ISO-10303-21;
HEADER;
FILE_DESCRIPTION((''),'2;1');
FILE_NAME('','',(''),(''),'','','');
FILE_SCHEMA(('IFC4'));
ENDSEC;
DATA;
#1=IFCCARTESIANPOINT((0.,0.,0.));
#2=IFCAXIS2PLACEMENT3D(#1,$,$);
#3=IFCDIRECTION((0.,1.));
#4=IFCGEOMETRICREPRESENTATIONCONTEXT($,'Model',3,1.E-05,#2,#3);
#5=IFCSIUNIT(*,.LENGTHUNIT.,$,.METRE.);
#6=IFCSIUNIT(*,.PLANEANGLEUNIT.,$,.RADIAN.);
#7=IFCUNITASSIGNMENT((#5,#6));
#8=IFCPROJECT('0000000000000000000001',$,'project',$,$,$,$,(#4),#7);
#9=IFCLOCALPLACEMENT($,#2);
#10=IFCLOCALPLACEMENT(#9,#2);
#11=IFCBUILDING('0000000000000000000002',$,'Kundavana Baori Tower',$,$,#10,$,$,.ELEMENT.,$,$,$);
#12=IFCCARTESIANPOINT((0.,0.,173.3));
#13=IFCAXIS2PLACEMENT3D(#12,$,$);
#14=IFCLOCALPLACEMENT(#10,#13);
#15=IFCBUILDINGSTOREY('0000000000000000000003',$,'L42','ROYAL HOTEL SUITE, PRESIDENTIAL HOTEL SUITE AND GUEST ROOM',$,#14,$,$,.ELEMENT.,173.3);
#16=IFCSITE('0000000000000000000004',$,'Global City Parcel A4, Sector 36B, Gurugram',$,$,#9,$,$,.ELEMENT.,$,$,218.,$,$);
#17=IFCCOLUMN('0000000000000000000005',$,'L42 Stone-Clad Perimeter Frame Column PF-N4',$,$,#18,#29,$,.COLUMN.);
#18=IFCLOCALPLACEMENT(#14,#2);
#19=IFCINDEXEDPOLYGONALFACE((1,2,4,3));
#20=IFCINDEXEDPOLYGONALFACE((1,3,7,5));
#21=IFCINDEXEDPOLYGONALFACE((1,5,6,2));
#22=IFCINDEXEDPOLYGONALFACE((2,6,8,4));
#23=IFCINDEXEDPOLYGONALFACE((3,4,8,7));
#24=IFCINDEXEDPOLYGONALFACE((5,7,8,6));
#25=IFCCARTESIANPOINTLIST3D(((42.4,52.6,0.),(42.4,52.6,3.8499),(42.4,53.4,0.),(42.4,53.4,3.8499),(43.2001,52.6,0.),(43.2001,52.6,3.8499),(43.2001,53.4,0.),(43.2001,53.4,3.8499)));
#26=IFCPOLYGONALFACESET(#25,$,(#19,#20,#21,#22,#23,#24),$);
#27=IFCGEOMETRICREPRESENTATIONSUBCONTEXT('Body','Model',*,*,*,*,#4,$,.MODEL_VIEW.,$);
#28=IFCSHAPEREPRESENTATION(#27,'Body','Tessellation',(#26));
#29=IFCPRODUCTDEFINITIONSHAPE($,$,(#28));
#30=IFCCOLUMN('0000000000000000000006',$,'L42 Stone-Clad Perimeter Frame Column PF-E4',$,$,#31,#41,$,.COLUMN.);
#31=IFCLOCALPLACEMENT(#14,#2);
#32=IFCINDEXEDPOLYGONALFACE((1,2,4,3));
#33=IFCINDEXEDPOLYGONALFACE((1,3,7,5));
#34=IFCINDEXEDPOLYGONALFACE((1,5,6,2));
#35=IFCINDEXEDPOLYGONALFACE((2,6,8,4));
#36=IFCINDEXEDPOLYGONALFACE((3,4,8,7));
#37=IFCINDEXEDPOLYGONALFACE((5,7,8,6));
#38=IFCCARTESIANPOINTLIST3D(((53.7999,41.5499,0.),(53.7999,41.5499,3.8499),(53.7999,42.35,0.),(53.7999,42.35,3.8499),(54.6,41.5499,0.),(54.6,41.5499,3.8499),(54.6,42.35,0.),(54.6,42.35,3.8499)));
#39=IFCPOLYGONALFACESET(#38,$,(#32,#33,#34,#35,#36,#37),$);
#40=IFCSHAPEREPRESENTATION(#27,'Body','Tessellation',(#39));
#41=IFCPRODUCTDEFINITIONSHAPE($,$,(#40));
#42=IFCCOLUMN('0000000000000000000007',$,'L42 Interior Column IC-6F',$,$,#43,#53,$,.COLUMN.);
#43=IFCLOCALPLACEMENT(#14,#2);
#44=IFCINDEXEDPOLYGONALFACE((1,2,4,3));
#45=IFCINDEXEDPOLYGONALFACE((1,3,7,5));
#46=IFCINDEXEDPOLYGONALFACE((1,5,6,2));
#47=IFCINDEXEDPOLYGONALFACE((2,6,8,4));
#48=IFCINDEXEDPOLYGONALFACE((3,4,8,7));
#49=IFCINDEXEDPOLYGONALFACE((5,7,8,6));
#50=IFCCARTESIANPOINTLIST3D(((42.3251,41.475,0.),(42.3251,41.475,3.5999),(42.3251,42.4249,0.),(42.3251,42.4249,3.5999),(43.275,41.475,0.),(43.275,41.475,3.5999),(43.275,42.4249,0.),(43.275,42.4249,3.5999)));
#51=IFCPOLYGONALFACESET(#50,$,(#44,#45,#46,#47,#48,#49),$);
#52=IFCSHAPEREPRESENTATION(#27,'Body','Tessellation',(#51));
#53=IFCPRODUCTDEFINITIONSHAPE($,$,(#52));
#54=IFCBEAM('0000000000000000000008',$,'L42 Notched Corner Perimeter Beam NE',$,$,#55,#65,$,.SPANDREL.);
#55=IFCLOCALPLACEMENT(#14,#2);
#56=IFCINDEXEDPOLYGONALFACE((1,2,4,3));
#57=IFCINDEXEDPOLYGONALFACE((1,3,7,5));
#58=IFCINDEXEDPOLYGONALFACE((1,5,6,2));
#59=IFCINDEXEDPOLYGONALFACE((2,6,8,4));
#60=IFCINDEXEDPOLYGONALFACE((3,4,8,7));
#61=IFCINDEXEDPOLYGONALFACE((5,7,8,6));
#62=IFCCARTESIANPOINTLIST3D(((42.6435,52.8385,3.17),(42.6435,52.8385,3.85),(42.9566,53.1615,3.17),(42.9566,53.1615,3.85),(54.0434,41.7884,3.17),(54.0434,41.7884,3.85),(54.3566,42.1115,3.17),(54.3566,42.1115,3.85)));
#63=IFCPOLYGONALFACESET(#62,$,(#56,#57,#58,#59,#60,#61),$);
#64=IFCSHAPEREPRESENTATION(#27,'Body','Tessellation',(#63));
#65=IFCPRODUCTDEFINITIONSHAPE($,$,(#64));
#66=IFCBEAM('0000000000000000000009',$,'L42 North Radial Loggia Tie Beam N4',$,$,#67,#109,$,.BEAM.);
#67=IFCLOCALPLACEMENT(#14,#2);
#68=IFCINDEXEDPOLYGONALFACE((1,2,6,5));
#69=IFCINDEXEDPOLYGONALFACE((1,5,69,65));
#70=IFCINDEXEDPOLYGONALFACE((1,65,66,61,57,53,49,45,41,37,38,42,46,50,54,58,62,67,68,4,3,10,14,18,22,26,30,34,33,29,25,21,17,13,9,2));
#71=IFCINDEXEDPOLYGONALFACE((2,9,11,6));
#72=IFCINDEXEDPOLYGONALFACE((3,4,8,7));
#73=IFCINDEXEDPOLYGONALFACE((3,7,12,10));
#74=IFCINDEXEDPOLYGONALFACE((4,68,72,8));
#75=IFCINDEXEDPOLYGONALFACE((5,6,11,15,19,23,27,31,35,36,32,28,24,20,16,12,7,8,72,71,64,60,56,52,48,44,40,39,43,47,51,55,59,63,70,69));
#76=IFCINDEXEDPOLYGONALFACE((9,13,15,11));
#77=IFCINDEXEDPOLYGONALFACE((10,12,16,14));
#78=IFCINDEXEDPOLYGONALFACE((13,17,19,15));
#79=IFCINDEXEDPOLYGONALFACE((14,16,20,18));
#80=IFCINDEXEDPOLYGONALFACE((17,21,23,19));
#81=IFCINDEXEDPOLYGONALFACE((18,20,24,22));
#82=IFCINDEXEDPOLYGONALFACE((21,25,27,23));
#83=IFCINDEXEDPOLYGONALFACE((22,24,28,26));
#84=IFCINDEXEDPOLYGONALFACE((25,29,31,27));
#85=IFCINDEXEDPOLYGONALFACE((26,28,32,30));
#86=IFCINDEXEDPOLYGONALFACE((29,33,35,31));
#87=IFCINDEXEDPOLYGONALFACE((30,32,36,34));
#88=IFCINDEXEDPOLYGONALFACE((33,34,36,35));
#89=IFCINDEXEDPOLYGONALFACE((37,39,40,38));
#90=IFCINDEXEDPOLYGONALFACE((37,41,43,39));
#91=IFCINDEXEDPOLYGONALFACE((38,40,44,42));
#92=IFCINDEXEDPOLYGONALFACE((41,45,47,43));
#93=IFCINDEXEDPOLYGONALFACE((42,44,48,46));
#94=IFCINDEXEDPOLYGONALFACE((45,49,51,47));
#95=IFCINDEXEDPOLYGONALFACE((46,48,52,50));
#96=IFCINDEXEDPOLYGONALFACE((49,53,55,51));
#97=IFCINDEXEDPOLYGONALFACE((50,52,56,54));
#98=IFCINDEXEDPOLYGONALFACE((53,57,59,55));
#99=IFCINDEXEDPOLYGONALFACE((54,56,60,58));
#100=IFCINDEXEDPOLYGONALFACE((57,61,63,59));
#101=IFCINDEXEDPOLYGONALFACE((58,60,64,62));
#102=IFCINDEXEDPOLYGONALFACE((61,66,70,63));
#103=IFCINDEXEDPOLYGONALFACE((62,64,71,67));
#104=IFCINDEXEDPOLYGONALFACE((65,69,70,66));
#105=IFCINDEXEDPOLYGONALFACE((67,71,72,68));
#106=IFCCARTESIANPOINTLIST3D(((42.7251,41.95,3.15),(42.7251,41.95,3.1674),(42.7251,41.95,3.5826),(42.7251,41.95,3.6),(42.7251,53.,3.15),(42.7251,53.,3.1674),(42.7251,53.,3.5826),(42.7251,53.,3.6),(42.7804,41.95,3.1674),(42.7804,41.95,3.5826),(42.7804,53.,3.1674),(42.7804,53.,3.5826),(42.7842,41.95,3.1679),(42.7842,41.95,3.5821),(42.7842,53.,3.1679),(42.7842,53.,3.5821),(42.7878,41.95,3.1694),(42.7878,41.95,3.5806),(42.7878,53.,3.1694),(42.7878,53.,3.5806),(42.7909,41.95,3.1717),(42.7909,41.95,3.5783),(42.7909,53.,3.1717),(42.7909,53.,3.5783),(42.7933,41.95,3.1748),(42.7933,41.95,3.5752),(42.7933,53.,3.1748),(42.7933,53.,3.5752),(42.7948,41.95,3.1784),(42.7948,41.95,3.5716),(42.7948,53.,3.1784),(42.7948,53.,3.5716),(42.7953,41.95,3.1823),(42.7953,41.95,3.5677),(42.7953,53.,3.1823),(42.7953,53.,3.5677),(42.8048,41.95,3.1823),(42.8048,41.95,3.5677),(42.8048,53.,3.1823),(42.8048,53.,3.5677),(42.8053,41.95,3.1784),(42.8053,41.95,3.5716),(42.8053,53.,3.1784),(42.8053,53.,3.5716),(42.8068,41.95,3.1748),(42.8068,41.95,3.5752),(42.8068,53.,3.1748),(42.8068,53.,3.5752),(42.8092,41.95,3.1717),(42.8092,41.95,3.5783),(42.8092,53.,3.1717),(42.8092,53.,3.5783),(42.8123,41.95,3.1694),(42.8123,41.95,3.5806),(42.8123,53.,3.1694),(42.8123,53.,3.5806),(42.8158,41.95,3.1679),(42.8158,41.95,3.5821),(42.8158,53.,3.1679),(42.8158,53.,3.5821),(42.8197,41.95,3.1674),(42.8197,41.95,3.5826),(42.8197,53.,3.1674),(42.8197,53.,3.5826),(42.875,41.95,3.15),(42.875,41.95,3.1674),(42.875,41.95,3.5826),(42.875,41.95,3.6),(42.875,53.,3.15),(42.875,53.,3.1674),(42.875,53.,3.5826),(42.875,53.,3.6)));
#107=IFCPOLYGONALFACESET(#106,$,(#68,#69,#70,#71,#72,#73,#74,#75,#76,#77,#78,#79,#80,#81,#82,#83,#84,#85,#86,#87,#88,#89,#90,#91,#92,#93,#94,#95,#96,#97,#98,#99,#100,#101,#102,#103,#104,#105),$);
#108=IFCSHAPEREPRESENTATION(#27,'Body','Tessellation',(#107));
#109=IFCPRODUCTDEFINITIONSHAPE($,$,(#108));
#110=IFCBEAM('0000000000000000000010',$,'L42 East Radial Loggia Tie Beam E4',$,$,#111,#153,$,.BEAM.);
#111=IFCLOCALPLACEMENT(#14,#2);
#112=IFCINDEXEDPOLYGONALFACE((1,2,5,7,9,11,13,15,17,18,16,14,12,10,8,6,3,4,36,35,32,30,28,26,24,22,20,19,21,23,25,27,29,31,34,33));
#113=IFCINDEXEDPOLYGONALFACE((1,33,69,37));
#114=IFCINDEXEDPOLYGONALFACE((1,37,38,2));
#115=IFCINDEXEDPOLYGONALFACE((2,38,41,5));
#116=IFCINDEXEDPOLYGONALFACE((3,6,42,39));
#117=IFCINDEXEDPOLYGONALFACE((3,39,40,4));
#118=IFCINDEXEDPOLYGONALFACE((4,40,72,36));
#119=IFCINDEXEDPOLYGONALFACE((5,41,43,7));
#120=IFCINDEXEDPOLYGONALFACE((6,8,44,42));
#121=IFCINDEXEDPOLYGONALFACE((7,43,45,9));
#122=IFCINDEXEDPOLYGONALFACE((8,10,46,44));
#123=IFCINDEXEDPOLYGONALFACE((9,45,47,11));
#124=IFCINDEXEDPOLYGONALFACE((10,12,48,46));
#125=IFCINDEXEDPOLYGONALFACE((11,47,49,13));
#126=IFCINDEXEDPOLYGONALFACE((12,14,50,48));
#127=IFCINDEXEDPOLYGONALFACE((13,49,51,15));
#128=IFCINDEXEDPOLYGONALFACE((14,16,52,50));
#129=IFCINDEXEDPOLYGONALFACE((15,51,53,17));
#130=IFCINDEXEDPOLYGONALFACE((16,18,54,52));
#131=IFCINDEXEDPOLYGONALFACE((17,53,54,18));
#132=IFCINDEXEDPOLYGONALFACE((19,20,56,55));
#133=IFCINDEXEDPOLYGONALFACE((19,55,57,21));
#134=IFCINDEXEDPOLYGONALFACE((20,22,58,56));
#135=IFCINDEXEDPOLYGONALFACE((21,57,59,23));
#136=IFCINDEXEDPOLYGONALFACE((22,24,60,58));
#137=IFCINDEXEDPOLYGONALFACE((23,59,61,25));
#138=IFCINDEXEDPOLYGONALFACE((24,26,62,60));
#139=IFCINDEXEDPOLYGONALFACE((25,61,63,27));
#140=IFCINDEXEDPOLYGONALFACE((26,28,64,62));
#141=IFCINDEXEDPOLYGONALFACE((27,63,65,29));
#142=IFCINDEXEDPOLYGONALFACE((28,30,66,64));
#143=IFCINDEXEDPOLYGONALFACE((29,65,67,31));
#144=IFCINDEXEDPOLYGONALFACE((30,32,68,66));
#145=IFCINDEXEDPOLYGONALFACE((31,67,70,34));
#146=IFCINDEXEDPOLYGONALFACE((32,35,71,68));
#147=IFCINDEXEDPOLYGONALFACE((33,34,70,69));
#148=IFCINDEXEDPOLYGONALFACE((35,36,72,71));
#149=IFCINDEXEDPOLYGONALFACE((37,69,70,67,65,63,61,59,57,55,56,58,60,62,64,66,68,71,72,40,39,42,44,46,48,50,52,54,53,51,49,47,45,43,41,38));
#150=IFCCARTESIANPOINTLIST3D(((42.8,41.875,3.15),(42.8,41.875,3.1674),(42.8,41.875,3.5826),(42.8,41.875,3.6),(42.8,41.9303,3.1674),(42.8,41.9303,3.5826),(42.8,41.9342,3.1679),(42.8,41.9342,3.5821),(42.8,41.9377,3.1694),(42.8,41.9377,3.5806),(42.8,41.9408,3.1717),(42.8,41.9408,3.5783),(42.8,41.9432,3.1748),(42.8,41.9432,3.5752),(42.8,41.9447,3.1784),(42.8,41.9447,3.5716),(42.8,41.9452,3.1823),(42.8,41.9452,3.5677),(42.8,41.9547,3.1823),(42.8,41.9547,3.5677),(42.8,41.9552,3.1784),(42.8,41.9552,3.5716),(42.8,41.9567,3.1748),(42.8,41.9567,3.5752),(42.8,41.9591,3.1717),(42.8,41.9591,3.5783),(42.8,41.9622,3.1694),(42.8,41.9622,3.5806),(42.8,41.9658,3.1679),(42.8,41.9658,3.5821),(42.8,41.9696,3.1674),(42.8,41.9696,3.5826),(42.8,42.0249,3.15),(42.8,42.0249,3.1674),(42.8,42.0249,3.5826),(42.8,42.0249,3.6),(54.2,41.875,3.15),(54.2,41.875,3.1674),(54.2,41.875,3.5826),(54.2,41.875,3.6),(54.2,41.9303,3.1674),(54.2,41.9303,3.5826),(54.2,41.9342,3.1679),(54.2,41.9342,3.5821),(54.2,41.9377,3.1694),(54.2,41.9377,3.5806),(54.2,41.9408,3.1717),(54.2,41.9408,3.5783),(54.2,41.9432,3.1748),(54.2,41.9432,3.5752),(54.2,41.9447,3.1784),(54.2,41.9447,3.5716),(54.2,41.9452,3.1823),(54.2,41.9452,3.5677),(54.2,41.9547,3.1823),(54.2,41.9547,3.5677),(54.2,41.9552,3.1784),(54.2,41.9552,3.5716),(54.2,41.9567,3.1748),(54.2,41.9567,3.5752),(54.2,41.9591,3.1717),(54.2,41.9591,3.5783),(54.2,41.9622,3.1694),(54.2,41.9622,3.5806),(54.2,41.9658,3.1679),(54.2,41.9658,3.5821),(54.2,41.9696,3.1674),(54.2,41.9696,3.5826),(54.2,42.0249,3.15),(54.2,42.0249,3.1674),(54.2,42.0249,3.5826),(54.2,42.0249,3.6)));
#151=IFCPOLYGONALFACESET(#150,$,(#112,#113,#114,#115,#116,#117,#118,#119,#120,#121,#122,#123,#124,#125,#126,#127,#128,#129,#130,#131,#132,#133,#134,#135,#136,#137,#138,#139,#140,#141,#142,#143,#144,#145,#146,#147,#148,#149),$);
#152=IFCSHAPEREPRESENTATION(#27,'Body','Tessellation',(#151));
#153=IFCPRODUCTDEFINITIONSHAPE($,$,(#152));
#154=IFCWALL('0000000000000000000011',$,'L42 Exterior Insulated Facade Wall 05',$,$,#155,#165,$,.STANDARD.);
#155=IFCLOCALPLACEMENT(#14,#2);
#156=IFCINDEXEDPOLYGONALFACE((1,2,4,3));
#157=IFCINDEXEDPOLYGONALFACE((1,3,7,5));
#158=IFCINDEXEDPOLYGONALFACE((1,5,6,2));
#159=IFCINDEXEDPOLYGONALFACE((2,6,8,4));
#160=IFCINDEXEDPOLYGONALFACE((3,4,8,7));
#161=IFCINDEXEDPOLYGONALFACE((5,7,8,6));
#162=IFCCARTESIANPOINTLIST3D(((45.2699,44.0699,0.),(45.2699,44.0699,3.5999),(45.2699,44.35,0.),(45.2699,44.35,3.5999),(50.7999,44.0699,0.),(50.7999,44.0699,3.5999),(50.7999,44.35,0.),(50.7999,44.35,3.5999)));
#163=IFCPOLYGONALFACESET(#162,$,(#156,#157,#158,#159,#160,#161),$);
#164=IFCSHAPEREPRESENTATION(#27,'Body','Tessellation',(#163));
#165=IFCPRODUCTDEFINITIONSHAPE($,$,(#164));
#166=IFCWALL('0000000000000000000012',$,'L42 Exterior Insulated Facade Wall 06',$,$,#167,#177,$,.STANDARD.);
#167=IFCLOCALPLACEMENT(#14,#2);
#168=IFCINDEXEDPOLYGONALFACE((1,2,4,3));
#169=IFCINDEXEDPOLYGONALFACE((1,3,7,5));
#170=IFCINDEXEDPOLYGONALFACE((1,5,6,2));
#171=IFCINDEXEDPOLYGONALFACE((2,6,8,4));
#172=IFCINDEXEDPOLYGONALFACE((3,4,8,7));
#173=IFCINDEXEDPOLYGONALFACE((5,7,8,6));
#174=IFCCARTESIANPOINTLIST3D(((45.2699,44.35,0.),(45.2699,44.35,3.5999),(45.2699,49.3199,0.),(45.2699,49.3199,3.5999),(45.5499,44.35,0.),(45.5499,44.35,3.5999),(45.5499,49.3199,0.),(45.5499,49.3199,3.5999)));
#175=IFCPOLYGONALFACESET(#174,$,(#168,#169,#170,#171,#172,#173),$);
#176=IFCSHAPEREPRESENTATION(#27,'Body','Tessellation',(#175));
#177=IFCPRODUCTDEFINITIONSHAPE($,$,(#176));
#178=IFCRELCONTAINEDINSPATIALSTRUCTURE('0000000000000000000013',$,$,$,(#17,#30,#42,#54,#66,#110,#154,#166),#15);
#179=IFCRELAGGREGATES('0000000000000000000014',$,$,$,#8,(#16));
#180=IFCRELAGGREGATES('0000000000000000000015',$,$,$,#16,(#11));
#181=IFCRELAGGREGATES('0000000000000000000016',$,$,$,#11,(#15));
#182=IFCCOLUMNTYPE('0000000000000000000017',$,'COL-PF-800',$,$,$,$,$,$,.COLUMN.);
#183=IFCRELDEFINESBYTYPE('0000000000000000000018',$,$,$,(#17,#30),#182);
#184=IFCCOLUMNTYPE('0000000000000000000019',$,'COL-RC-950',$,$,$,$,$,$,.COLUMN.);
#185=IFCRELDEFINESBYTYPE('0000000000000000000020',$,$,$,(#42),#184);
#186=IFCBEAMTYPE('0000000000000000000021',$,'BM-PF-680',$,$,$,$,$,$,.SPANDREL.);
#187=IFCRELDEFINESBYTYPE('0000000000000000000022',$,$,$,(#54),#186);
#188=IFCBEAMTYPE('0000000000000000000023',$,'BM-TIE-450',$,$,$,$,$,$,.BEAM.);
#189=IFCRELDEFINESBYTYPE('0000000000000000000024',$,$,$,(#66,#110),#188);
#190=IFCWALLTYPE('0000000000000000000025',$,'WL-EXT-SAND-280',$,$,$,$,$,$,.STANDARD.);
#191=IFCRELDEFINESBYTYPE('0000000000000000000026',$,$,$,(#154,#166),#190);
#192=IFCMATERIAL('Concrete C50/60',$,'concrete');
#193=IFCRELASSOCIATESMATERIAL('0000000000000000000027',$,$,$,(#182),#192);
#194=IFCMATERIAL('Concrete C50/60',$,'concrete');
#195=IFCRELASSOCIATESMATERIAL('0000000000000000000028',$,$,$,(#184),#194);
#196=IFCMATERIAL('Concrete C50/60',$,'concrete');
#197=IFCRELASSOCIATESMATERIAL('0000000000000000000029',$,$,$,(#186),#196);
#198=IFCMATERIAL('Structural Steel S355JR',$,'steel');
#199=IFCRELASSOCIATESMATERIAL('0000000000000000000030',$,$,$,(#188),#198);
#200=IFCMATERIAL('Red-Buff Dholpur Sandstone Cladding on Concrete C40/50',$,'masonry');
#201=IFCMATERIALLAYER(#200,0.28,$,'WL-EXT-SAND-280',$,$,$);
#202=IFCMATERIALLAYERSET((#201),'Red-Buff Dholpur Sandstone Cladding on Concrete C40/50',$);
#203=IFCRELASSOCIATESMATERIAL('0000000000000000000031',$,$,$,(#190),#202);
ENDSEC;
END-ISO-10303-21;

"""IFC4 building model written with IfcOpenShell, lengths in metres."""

from ifc_helpers import new_model, si_unit, direction, frame, frame_2d, origin, origin_2d, place, context, subcontext, project, spatial, rectangle, i_section, extrude, material, layer, layer_set, material_profile, profile_set, type_object, element, save


model = new_model("IFC4")

# Units and contexts
model_context = context("Model", 3, precision=1e-05, world=origin(), true_north=direction((0.0, 1.0)))
body_context = subcontext(model_context, "Body", "Model", "MODEL_VIEW")
ifc_project = project(units=[si_unit("LENGTHUNIT", "METRE"), si_unit("PLANEANGLEUNIT", "RADIAN")], contexts=[model_context])

# Site, building, storey
site_placement = place(None, origin())
site = spatial("IfcSite", under=ifc_project, at=site_placement, Name="Global City Parcel A4, Sector 36B, Gurugram", CompositionType="ELEMENT", RefElevation=218.0)
building_placement = place(site_placement, origin())
building = spatial("IfcBuilding", under=site, at=building_placement, Name="Kundavana Baori Tower", CompositionType="ELEMENT")
storey_placement = place(building_placement, frame((0.0, 0.0, 173.3)))
storey = spatial("IfcBuildingStorey", under=building, at=storey_placement, Name="L42", Description="ROYAL HOTEL SUITE, PRESIDENTIAL HOTEL SUITE AND GUEST ROOM", CompositionType="ELEMENT", Elevation=173.3)

# Columns
ifc_material_1 = material(Name="Concrete C50/60", Category="concrete")
ifc_material_profile_1 = material_profile(ifc_material_1, rectangle(XDim=0.8, YDim=0.8, at=origin_2d()), Name="RC PF 800x800")
ifc_profile_set_1 = profile_set([ifc_material_profile_1], Name="Concrete C50/60")
column_type_1 = type_object("IfcColumnType", Name="COL-PF-800", PredefinedType="COLUMN", material=ifc_profile_set_1)
for number, where, z_axis, x_axis, name in (
    (1, (42.8, 53.0, 0.0), (0.0, 0.0, 1.0), (1.0, 0.0, 0.0), "L42 Stone-Clad Perimeter Frame Column PF-N4"),
    (2, (54.2, 41.95, 0.0), (0.0, 0.0, 1.0), (1.0, 0.0, 0.0), "L42 Stone-Clad Perimeter Frame Column PF-E4"),
):
    element("IfcColumn", number, at=place(storey_placement, frame(where, z_axis=z_axis, x_axis=x_axis)), inside=storey, type_object=column_type_1, Name=name, PredefinedType="COLUMN", context=body_context, shape_type="SweptSolid", body=[
        extrude(rectangle(XDim=0.8, YDim=0.8, at=origin_2d()), origin(), (0.0, 0.0, 1.0), 3.8499),
    ])
ifc_material_2 = material(Name="Concrete C50/60", Category="concrete")
ifc_material_profile_2 = material_profile(ifc_material_2, rectangle(XDim=0.95, YDim=0.95, at=origin_2d()), Name="RC 950x950")
ifc_profile_set_2 = profile_set([ifc_material_profile_2], Name="Concrete C50/60")
column_type_2 = type_object("IfcColumnType", Name="COL-RC-950", PredefinedType="COLUMN", material=ifc_profile_set_2)
column_placement = place(storey_placement, frame((42.8, 41.95, 0.0), z_axis=(0.0, 0.0, 1.0), x_axis=(1.0, 0.0, 0.0)))
element("IfcColumn", 3, at=column_placement, inside=storey, type_object=column_type_2, Name="L42 Interior Column IC-6F", PredefinedType="COLUMN", context=body_context, shape_type="SweptSolid", body=[
    extrude(rectangle(XDim=0.95, YDim=0.95, at=origin_2d()), origin(), (0.0, 0.0, 1.0), 3.5999),
])

# Beams
ifc_material_3 = material(Name="Concrete C50/60", Category="concrete")
ifc_material_profile_3 = material_profile(ifc_material_3, rectangle(XDim=0.45, YDim=0.6799, at=origin_2d()), Name="RC BM 450x680")
ifc_profile_set_3 = profile_set([ifc_material_profile_3], Name="Concrete C50/60")
beam_type_1 = type_object("IfcBeamType", Name="BM-PF-680", PredefinedType="SPANDREL", material=ifc_profile_set_3)
beam_1_placement = place(storey_placement, frame((42.8, 53.0, 3.51), z_axis=(0.718039, -0.696003, 0.0), x_axis=(0.696003, 0.718039, 0.0)))
element("IfcBeam", 4, at=beam_1_placement, inside=storey, type_object=beam_type_1, Name="L42 Notched Corner Perimeter Beam NE", PredefinedType="SPANDREL", context=body_context, shape_type="SweptSolid", body=[
    extrude(rectangle(XDim=0.45, YDim=0.6799, at=origin_2d()), origin(), (0.0, 0.0, 1.0), 15.8765),
])
ifc_material_4 = material(Name="Structural Steel S355JR", Category="steel")
ifc_material_profile_4 = material_profile(ifc_material_4, i_section(OverallWidth=0.1499, OverallDepth=0.45, WebThickness=0.0095, FlangeThickness=0.0173, FilletRadius=0.0149, at=origin_2d()), Name="ISMB 450")
ifc_profile_set_4 = profile_set([ifc_material_profile_4], Name="Structural Steel S355JR")
beam_type_2 = type_object("IfcBeamType", Name="BM-TIE-450", PredefinedType="BEAM", material=ifc_profile_set_4)
beam_2_placement = place(storey_placement, frame((42.8, 41.95, 3.375), z_axis=(0.0, 1.0, 0.0), x_axis=(-1.0, 0.0, 0.0)))
element("IfcBeam", 5, at=beam_2_placement, inside=storey, type_object=beam_type_2, Name="L42 North Radial Loggia Tie Beam N4", PredefinedType="BEAM", context=body_context, shape_type="SweptSolid", body=[
    extrude(i_section(OverallWidth=0.1499, OverallDepth=0.45, WebThickness=0.0095, FlangeThickness=0.0173, FilletRadius=0.0149, at=origin_2d()), origin(), (0.0, 0.0, 1.0), 11.05),
])
beam_3_placement = place(storey_placement, frame((42.8, 41.95, 3.375), z_axis=(1.0, 0.0, 0.0), x_axis=(0.0, 1.0, 0.0)))
element("IfcBeam", 6, at=beam_3_placement, inside=storey, type_object=beam_type_2, Name="L42 East Radial Loggia Tie Beam E4", PredefinedType="BEAM", context=body_context, shape_type="SweptSolid", body=[
    extrude(i_section(OverallWidth=0.1499, OverallDepth=0.45, WebThickness=0.0095, FlangeThickness=0.0173, FilletRadius=0.0149, at=origin_2d()), origin(), (0.0, 0.0, 1.0), 11.3999),
])

# Walls
ifc_material_5 = material(Name="Red-Buff Dholpur Sandstone Cladding on Concrete C40/50", Category="masonry")
ifc_layer_1 = layer(ifc_material_5, 0.28, Name="WL-EXT-SAND-280")
ifc_layer_set_1 = layer_set([ifc_layer_1], Name="Red-Buff Dholpur Sandstone Cladding on Concrete C40/50")
wall_type_1 = type_object("IfcWallType", Name="WL-EXT-SAND-280", PredefinedType="STANDARD", material=ifc_layer_set_1)
wall_1_placement = place(storey_placement, frame((50.8, 44.21, 0.0), z_axis=(0.0, 0.0, 1.0), x_axis=(-1.0, 0.0, 0.0)))
element("IfcWall", 7, at=wall_1_placement, inside=storey, type_object=wall_type_1, Name="L42 Exterior Insulated Facade Wall 05", PredefinedType="STANDARD", context=body_context, shape_type="SweptSolid", body=[
    extrude(rectangle(XDim=5.53, YDim=0.28, at=frame_2d((2.7651, 0.0))), origin(), (0.0, 0.0, 1.0), 3.5999),
])
wall_2_placement = place(storey_placement, frame((45.4099, 44.3501, 0.0), z_axis=(0.0, 0.0, 1.0), x_axis=(0.0, 1.0, 0.0)))
element("IfcWall", 8, at=wall_2_placement, inside=storey, type_object=wall_type_1, Name="L42 Exterior Insulated Facade Wall 06", PredefinedType="STANDARD", context=body_context, shape_type="SweptSolid", body=[
    extrude(rectangle(XDim=4.97, YDim=0.28, at=frame_2d((2.4849, 0.0))), origin(), (0.0, 0.0, 1.0), 3.5999),
])

save(model, "model.ifc")
